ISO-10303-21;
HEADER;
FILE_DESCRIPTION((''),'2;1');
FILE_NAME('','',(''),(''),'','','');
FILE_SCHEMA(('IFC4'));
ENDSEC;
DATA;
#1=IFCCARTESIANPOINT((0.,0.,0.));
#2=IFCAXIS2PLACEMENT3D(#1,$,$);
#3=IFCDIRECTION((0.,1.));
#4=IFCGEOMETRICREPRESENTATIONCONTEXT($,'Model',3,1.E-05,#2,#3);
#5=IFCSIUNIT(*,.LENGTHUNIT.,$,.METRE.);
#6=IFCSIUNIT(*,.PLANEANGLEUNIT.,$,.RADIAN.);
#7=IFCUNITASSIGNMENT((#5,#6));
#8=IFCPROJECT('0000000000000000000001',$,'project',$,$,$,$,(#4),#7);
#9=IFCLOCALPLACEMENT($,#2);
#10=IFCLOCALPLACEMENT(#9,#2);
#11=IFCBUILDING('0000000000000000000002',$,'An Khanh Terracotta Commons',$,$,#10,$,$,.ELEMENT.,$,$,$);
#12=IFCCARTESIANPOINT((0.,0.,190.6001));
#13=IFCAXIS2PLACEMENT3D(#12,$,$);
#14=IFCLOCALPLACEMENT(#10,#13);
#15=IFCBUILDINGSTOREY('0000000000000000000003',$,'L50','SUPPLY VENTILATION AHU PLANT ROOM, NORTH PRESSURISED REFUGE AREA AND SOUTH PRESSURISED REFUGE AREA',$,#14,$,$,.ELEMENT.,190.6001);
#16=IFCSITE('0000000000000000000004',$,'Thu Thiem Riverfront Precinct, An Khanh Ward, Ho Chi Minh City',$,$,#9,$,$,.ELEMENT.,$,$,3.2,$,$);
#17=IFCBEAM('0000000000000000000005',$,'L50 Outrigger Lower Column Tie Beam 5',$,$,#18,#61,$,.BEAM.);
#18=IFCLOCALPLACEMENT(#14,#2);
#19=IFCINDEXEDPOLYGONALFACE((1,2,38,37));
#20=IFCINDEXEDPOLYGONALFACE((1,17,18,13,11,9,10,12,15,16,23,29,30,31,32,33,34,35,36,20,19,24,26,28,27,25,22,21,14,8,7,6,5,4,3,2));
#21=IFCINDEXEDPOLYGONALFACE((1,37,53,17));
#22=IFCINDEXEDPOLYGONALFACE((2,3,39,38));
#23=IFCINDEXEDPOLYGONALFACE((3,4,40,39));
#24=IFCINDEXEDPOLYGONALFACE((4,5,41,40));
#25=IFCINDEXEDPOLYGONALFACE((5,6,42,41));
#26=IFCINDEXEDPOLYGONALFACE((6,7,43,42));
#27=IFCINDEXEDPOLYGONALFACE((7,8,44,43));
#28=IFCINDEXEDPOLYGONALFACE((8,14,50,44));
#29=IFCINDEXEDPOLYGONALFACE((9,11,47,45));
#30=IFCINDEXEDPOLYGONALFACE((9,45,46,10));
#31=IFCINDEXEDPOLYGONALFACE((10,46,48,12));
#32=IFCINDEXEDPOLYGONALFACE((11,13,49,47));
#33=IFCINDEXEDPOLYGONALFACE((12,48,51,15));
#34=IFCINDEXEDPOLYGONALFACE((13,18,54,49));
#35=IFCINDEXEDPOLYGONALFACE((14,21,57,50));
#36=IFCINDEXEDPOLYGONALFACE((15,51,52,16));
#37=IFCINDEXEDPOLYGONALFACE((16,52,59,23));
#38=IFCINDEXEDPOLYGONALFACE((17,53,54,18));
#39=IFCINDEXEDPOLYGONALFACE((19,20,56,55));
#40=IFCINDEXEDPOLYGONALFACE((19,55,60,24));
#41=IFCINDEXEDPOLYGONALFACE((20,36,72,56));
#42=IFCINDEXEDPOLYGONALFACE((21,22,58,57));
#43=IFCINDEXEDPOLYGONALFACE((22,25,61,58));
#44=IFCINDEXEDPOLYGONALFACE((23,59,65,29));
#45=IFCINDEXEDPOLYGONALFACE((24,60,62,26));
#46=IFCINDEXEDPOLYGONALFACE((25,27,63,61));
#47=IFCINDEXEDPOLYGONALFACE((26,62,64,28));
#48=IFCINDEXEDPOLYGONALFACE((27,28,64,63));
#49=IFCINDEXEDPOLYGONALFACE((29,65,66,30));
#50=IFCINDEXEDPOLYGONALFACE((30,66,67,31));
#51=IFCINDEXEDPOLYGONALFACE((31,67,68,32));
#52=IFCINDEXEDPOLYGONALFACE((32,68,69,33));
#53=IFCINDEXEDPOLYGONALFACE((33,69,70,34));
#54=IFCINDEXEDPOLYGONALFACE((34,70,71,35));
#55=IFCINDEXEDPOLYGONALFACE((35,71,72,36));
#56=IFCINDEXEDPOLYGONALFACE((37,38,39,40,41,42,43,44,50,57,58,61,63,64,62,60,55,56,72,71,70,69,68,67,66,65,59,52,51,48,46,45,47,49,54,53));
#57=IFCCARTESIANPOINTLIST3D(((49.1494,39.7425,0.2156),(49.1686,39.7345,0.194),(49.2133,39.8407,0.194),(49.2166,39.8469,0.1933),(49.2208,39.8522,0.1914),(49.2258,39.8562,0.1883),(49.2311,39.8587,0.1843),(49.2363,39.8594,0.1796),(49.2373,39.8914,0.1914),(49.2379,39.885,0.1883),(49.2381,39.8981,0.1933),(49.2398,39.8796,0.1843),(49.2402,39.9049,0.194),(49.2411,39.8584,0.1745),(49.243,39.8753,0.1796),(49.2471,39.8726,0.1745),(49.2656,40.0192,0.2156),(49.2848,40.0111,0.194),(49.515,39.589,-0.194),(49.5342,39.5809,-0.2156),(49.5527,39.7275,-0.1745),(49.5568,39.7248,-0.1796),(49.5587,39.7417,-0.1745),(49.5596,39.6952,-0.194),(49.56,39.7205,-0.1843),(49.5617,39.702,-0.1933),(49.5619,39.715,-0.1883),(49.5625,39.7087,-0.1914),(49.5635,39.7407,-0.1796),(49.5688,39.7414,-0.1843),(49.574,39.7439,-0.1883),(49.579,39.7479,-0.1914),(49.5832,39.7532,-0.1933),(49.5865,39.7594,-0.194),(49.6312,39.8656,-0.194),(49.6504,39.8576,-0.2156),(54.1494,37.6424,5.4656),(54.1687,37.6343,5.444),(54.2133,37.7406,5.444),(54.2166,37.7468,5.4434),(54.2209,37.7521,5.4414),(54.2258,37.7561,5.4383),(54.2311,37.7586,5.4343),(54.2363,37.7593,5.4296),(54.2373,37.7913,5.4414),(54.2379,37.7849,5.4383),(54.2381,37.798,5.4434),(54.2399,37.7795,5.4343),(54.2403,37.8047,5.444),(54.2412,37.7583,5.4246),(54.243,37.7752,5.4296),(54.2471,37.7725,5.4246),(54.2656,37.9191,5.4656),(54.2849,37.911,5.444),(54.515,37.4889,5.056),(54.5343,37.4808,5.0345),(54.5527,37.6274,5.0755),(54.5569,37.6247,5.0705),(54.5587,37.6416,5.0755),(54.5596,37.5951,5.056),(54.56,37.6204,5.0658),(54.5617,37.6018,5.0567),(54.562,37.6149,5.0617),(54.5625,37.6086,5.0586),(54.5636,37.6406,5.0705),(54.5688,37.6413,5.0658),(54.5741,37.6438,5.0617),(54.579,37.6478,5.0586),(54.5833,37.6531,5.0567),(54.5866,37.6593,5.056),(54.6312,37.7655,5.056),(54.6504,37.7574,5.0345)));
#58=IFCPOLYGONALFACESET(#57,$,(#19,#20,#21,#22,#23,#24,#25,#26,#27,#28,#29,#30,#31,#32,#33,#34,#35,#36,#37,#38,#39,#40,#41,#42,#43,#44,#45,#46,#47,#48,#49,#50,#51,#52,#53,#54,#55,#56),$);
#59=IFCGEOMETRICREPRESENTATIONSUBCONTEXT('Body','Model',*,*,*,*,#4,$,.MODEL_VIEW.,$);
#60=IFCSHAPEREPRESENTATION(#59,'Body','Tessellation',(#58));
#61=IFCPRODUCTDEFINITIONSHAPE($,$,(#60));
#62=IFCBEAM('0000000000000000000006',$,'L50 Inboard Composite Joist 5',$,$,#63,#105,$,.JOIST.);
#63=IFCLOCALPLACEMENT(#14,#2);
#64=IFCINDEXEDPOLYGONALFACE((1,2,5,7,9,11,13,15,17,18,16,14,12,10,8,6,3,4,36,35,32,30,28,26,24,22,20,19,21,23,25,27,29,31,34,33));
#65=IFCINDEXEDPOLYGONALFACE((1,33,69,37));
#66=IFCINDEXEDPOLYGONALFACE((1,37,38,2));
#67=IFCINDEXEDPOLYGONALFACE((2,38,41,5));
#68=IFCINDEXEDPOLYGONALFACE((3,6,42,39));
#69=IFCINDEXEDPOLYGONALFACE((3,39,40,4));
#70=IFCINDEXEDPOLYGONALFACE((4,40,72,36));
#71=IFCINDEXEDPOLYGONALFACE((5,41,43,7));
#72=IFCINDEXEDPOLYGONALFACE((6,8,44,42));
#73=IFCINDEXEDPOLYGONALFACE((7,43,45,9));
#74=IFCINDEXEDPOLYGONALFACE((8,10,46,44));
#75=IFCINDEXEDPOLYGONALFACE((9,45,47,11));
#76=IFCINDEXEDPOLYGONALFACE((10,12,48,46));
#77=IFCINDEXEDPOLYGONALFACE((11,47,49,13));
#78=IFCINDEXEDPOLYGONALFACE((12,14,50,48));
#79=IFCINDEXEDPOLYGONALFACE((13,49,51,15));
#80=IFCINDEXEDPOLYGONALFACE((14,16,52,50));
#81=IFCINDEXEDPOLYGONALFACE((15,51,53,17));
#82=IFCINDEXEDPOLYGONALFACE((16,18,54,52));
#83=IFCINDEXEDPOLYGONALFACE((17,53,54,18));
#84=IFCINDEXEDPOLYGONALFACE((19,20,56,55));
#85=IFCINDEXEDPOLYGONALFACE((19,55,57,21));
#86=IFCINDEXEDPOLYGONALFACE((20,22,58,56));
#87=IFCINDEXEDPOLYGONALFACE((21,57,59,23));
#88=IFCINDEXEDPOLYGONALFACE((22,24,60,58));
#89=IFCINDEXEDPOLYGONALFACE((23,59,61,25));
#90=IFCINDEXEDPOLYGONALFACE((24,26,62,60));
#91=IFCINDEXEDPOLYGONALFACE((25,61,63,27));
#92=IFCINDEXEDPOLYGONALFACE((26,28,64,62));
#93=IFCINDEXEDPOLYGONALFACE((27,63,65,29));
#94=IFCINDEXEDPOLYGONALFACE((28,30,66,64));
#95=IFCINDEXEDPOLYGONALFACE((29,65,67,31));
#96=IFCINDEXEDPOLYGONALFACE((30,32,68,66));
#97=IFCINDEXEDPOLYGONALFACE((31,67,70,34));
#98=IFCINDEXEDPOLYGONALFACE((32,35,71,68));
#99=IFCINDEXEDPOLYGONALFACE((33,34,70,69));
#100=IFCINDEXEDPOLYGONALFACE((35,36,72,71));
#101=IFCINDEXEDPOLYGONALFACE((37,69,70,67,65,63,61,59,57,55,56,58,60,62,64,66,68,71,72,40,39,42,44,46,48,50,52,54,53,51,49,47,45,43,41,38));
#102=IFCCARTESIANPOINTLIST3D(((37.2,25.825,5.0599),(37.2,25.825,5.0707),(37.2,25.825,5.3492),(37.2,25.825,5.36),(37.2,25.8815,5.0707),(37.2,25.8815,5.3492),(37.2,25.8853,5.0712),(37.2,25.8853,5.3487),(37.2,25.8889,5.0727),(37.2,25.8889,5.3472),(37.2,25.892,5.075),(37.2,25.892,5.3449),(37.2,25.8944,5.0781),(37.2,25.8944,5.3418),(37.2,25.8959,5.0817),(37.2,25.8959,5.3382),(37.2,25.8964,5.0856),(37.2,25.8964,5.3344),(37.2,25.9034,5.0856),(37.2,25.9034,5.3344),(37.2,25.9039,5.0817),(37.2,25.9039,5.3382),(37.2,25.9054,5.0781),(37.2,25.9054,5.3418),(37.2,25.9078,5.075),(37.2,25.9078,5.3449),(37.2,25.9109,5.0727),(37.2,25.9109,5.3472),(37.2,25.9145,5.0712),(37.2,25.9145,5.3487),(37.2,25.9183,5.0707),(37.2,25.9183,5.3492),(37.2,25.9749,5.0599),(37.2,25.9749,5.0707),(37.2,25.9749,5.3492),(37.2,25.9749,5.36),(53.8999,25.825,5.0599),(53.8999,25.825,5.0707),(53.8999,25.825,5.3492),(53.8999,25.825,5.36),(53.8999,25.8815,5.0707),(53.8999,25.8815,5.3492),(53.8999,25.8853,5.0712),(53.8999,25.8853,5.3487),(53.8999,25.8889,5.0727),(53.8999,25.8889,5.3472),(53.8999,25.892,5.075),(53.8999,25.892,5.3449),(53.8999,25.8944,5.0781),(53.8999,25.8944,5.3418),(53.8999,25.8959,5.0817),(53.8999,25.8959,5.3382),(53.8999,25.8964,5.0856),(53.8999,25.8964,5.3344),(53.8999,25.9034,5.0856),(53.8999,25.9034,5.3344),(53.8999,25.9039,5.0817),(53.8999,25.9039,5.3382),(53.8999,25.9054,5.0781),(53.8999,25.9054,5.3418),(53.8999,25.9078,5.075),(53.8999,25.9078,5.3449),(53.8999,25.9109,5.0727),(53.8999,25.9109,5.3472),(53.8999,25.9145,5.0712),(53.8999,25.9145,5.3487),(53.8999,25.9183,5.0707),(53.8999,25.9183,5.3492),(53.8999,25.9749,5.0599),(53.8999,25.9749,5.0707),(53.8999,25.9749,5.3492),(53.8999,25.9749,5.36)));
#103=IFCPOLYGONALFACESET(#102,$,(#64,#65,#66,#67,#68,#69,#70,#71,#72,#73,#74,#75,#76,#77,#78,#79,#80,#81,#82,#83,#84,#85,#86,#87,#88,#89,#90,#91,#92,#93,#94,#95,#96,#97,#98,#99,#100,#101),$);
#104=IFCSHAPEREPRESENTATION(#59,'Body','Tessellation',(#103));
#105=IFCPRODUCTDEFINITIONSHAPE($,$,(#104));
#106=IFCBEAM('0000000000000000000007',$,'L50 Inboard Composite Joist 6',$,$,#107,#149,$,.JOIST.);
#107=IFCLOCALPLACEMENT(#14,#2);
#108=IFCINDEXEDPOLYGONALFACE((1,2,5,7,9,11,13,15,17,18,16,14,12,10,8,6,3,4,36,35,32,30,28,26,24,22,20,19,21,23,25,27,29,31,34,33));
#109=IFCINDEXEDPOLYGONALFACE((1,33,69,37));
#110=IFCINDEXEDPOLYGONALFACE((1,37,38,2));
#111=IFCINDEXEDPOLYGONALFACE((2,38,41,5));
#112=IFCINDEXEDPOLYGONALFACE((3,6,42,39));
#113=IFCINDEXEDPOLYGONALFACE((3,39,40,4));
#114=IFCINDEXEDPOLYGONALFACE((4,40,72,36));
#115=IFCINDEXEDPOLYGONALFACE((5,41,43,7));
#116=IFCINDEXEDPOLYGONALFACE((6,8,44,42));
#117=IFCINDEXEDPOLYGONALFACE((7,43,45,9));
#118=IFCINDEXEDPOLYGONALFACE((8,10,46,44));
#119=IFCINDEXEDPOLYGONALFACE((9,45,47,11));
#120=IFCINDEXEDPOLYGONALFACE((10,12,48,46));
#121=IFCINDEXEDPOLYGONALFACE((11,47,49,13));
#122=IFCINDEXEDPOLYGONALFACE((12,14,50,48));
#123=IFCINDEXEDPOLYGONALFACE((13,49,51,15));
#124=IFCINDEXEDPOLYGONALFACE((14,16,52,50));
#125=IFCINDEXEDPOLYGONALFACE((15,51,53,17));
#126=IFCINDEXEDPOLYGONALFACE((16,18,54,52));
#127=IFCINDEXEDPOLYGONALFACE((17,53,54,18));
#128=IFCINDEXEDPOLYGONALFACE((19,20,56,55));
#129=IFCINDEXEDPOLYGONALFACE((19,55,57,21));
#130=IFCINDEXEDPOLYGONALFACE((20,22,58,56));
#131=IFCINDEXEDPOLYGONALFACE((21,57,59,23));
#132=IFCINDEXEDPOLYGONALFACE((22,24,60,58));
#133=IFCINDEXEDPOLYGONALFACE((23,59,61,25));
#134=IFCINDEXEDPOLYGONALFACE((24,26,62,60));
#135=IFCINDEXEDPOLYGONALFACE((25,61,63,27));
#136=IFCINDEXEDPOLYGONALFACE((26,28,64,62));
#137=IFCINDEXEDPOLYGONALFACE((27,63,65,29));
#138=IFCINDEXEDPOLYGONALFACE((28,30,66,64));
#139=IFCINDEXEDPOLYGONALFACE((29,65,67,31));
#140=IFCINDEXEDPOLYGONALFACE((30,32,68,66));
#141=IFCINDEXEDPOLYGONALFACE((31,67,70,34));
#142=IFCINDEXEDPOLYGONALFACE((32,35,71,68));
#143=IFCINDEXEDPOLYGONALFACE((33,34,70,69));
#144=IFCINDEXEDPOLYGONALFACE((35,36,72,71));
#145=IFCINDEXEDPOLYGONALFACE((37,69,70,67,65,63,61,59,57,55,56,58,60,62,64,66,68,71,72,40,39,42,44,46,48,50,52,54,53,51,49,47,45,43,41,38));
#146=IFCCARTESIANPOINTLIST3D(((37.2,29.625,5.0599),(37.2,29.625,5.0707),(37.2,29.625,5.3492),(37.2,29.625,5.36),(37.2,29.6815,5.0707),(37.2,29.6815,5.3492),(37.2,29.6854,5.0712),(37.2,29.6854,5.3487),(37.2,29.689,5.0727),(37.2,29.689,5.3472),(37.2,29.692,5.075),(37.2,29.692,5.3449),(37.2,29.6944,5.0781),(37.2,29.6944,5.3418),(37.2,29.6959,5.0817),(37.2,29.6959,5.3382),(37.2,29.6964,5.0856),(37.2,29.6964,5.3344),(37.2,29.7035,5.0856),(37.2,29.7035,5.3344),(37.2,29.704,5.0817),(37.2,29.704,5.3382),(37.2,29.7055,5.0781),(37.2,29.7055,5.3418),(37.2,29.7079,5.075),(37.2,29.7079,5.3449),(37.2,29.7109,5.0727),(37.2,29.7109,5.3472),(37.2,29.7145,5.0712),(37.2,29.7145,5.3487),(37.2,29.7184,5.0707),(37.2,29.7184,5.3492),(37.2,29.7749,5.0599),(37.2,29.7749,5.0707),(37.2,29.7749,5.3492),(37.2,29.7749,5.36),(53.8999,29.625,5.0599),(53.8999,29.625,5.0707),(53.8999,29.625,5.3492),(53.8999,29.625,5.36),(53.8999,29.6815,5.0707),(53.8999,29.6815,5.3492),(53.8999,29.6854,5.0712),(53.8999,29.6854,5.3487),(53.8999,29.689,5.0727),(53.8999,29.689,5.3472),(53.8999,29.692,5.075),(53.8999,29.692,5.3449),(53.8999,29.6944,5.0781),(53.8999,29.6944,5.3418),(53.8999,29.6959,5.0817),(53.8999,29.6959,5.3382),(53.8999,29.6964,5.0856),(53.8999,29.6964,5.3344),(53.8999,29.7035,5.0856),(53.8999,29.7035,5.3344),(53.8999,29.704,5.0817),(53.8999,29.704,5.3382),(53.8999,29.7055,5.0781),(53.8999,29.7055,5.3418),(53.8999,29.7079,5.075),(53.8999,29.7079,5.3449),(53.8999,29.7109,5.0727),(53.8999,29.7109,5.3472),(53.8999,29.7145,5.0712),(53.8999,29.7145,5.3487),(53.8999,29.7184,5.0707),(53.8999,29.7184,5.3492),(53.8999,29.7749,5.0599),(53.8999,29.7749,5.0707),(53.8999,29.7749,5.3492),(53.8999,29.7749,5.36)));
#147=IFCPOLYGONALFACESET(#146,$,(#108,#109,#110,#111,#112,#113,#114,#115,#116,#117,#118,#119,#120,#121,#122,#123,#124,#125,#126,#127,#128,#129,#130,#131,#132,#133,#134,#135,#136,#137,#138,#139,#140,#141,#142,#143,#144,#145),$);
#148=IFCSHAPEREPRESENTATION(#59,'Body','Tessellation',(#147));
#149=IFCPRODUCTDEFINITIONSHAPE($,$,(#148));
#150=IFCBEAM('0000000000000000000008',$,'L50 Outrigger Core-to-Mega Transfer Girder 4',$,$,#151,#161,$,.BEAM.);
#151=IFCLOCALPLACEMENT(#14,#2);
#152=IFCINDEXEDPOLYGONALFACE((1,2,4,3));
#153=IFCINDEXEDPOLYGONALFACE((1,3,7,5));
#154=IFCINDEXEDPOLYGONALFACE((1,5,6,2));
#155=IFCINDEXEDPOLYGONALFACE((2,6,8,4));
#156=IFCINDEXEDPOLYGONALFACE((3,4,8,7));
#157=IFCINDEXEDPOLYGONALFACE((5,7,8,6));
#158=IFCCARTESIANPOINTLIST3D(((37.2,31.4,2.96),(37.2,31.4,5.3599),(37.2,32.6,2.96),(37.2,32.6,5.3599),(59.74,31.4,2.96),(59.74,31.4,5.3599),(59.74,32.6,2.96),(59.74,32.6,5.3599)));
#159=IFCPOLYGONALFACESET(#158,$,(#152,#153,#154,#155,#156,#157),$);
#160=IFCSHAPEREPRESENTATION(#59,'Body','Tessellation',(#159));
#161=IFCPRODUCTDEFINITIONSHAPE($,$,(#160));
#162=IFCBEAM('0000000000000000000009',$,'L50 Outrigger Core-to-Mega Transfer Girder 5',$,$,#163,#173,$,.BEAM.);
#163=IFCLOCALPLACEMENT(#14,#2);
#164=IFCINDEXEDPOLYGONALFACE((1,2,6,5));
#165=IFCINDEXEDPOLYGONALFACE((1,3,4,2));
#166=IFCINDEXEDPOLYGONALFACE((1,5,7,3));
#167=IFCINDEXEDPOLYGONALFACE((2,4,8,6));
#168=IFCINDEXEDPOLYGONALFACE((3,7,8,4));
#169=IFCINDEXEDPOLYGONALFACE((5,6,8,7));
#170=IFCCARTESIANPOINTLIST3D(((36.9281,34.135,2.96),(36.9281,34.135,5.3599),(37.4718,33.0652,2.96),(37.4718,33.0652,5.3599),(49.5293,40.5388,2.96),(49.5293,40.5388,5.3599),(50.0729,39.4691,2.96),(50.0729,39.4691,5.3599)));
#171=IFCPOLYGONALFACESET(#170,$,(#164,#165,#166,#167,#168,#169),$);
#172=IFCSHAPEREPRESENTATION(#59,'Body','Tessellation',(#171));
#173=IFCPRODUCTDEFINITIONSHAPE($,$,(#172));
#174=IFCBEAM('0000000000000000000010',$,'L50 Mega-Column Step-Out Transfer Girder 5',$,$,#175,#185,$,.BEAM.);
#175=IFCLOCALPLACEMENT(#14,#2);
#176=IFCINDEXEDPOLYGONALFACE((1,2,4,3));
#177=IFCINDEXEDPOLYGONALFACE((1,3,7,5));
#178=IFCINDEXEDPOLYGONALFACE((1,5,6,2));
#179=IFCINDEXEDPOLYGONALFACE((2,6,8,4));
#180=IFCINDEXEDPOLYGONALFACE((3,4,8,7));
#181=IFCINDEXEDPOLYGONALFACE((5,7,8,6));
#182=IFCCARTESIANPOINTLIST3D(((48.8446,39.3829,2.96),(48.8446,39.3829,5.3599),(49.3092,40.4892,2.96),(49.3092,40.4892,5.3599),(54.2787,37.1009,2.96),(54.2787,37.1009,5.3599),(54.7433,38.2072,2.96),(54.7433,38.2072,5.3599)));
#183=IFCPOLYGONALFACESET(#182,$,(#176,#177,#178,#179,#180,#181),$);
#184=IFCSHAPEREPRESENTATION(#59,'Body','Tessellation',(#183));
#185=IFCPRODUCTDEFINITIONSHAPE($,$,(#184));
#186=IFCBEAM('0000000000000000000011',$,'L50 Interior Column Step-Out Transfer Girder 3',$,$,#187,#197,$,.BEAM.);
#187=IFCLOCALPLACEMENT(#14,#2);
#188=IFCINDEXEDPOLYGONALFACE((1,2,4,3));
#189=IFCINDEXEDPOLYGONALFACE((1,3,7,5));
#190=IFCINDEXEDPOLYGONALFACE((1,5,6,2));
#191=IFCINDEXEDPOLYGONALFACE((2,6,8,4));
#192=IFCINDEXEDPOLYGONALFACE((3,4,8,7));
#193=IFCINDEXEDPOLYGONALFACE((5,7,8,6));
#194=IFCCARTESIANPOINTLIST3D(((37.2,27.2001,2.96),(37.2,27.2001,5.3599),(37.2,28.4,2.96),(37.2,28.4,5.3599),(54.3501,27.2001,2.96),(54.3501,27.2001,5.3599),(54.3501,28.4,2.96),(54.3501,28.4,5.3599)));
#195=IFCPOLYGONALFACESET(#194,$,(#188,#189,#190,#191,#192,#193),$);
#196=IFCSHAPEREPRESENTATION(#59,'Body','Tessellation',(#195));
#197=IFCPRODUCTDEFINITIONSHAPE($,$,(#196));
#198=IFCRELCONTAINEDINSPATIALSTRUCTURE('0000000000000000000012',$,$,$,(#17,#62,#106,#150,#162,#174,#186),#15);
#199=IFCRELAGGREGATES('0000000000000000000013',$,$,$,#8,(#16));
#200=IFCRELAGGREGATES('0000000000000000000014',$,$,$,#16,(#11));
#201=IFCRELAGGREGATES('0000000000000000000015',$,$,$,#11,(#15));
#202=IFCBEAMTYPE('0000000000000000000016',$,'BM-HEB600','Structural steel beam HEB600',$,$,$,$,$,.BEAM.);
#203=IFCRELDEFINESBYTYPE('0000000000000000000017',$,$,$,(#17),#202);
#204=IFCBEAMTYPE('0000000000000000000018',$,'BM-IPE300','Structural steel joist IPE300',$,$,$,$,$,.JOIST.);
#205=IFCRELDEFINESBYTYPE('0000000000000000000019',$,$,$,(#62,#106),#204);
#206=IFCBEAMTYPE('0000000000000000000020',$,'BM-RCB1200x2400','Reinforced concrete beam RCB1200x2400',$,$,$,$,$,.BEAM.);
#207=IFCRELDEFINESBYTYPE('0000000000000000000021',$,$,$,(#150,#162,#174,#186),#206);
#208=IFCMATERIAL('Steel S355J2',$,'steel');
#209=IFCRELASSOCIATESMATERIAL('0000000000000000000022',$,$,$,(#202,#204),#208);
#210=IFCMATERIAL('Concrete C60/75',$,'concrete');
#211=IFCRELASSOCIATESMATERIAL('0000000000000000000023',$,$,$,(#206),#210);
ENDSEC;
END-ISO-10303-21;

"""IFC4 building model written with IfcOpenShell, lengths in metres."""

from ifc_helpers import new_model, si_unit, direction, frame, origin, origin_2d, place, context, subcontext, project, spatial, rectangle, i_section, extrude, material, material_profile, profile_set, type_object, element, save


model = new_model("IFC4")

# Units and contexts
model_context = context("Model", 3, precision=1e-05, world=origin(), true_north=direction((0.0, 1.0)))
body_context = subcontext(model_context, "Body", "Model", "MODEL_VIEW")
ifc_project = project(units=[si_unit("LENGTHUNIT", "METRE"), si_unit("PLANEANGLEUNIT", "RADIAN")], contexts=[model_context])

# Site, building, storey
site_placement = place(None, origin())
site = spatial("IfcSite", under=ifc_project, at=site_placement, Name="Thu Thiem Riverfront Precinct, An Khanh Ward, Ho Chi Minh City", CompositionType="ELEMENT", RefElevation=3.2)
building_placement = place(site_placement, origin())
building = spatial("IfcBuilding", under=site, at=building_placement, Name="An Khanh Terracotta Commons", CompositionType="ELEMENT")
storey_placement = place(building_placement, frame((0.0, 0.0, 190.6001)))
storey = spatial("IfcBuildingStorey", under=building, at=storey_placement, Name="L50", Description="SUPPLY VENTILATION AHU PLANT ROOM, NORTH PRESSURISED REFUGE AREA AND SOUTH PRESSURISED REFUGE AREA", CompositionType="ELEMENT", Elevation=190.6001)

# Shared definitions
ifc_material_1 = material(Name="Concrete C60/75", Category="concrete")

# Beams
ifc_material_2 = material(Name="Steel S355J2", Category="steel")
ifc_material_profile_1 = material_profile(ifc_material_2, i_section(OverallWidth=0.3, OverallDepth=0.6001, WebThickness=0.0154, FlangeThickness=0.03, FilletRadius=0.0271, at=origin_2d()), Name="HEB600")
ifc_profile_set_1 = profile_set([ifc_material_profile_1], Name="Steel S355J2")
beam_type_1 = type_object("IfcBeamType", Name="BM-HEB600", Description="Structural steel beam HEB600", PredefinedType="BEAM", material=ifc_profile_set_1)
beam_1_placement = place(storey_placement, frame((49.3999, 39.8, 0.0), z_axis=(0.662424, -0.278231, 0.695545), x_axis=(0.387248, 0.921976, 0.0)))
element("IfcBeam", 1, at=beam_1_placement, inside=storey, type_object=beam_type_1, Name="L50 Outrigger Lower Column Tie Beam 5", PredefinedType="BEAM", context=body_context, shape_type="SweptSolid", body=[
    extrude(i_section(OverallWidth=0.3, OverallDepth=0.6001, WebThickness=0.0154, FlangeThickness=0.03, FilletRadius=0.0271, at=origin_2d()), origin(), (0.0, 0.0, 1.0), 7.5481),
])
ifc_material_profile_2 = material_profile(ifc_material_2, i_section(OverallWidth=0.1499, OverallDepth=0.3, WebThickness=0.0071, FlangeThickness=0.0107, FilletRadius=0.0149, at=origin_2d()), Name="IPE300")
ifc_profile_set_2 = profile_set([ifc_material_profile_2], Name="Steel S355J2")
beam_type_2 = type_object("IfcBeamType", Name="BM-IPE300", Description="Structural steel joist IPE300", PredefinedType="JOIST", material=ifc_profile_set_2)
for number, where, z_axis, x_axis, name in (
    (2, (37.2, 25.8999, 5.21), (1.0, 0.0, 0.0), (0.0, 1.0, 0.0), "L50 Inboard Composite Joist 5"),
    (3, (37.2, 29.7, 5.21), (1.0, 0.0, 0.0), (0.0, 1.0, 0.0), "L50 Inboard Composite Joist 6"),
):
    element("IfcBeam", number, at=place(storey_placement, frame(where, z_axis=z_axis, x_axis=x_axis)), inside=storey, type_object=beam_type_2, Name=name, PredefinedType="JOIST", context=body_context, shape_type="SweptSolid", body=[
        extrude(i_section(OverallWidth=0.1499, OverallDepth=0.3, WebThickness=0.0071, FlangeThickness=0.0107, FilletRadius=0.0149, at=origin_2d()), origin(), (0.0, 0.0, 1.0), 16.7),
    ])
ifc_material_profile_3 = material_profile(ifc_material_1, rectangle(XDim=1.2, YDim=2.3999, at=origin_2d()), Name="RCB1200x2400")
ifc_profile_set_3 = profile_set([ifc_material_profile_3], Name="Concrete C60/75")
beam_type_3 = type_object("IfcBeamType", Name="BM-RCB1200x2400", Description="Reinforced concrete beam RCB1200x2400", PredefinedType="BEAM", material=ifc_profile_set_3)
beam_2_placement = place(storey_placement, frame((37.2, 32.0, 4.1599), z_axis=(1.0, 0.0, 0.0), x_axis=(0.0, 1.0, 0.0)))
element("IfcBeam", 4, at=beam_2_placement, inside=storey, type_object=beam_type_3, Name="L50 Outrigger Core-to-Mega Transfer Girder 4", PredefinedType="BEAM", context=body_context, shape_type="SweptSolid", body=[
    extrude(rectangle(XDim=1.2, YDim=2.3999, at=origin_2d()), origin(), (0.0, 0.0, 1.0), 22.54),
])
beam_3_placement = place(storey_placement, frame((37.2, 33.6001, 4.1599), z_axis=(0.891486, 0.453049, 0.0), x_axis=(-0.453049, 0.891486, 0.0)))
element("IfcBeam", 5, at=beam_3_placement, inside=storey, type_object=beam_type_3, Name="L50 Outrigger Core-to-Mega Transfer Girder 5", PredefinedType="BEAM", context=body_context, shape_type="SweptSolid", body=[
    extrude(rectangle(XDim=1.2, YDim=2.3999, at=origin_2d()), origin(), (0.0, 0.0, 1.0), 14.135),
])
beam_4_placement = place(storey_placement, frame((49.0769, 39.936, 4.1599), z_axis=(0.922002, -0.387185, 0.0), x_axis=(0.387185, 0.922002, 0.0)))
element("IfcBeam", 6, at=beam_4_placement, inside=storey, type_object=beam_type_3, Name="L50 Mega-Column Step-Out Transfer Girder 5", PredefinedType="BEAM", context=body_context, shape_type="SweptSolid", body=[
    extrude(rectangle(XDim=1.2, YDim=2.3999, at=origin_2d()), origin(), (0.0, 0.0, 1.0), 5.8938),
])
for number, where, z_axis, x_axis, name in (
    (7, (37.2, 27.8, 4.1599), (1.0, 0.0, 0.0), (0.0, 1.0, 0.0), "L50 Interior Column Step-Out Transfer Girder 3"),
):
    element("IfcBeam", number, at=place(storey_placement, frame(where, z_axis=z_axis, x_axis=x_axis)), inside=storey, type_object=beam_type_3, Name=name, PredefinedType="BEAM", context=body_context, shape_type="SweptSolid", body=[
        extrude(rectangle(XDim=1.2, YDim=2.3999, at=origin_2d()), origin(), (0.0, 0.0, 1.0), 17.1501),
    ])

save(model, "model.ifc")
